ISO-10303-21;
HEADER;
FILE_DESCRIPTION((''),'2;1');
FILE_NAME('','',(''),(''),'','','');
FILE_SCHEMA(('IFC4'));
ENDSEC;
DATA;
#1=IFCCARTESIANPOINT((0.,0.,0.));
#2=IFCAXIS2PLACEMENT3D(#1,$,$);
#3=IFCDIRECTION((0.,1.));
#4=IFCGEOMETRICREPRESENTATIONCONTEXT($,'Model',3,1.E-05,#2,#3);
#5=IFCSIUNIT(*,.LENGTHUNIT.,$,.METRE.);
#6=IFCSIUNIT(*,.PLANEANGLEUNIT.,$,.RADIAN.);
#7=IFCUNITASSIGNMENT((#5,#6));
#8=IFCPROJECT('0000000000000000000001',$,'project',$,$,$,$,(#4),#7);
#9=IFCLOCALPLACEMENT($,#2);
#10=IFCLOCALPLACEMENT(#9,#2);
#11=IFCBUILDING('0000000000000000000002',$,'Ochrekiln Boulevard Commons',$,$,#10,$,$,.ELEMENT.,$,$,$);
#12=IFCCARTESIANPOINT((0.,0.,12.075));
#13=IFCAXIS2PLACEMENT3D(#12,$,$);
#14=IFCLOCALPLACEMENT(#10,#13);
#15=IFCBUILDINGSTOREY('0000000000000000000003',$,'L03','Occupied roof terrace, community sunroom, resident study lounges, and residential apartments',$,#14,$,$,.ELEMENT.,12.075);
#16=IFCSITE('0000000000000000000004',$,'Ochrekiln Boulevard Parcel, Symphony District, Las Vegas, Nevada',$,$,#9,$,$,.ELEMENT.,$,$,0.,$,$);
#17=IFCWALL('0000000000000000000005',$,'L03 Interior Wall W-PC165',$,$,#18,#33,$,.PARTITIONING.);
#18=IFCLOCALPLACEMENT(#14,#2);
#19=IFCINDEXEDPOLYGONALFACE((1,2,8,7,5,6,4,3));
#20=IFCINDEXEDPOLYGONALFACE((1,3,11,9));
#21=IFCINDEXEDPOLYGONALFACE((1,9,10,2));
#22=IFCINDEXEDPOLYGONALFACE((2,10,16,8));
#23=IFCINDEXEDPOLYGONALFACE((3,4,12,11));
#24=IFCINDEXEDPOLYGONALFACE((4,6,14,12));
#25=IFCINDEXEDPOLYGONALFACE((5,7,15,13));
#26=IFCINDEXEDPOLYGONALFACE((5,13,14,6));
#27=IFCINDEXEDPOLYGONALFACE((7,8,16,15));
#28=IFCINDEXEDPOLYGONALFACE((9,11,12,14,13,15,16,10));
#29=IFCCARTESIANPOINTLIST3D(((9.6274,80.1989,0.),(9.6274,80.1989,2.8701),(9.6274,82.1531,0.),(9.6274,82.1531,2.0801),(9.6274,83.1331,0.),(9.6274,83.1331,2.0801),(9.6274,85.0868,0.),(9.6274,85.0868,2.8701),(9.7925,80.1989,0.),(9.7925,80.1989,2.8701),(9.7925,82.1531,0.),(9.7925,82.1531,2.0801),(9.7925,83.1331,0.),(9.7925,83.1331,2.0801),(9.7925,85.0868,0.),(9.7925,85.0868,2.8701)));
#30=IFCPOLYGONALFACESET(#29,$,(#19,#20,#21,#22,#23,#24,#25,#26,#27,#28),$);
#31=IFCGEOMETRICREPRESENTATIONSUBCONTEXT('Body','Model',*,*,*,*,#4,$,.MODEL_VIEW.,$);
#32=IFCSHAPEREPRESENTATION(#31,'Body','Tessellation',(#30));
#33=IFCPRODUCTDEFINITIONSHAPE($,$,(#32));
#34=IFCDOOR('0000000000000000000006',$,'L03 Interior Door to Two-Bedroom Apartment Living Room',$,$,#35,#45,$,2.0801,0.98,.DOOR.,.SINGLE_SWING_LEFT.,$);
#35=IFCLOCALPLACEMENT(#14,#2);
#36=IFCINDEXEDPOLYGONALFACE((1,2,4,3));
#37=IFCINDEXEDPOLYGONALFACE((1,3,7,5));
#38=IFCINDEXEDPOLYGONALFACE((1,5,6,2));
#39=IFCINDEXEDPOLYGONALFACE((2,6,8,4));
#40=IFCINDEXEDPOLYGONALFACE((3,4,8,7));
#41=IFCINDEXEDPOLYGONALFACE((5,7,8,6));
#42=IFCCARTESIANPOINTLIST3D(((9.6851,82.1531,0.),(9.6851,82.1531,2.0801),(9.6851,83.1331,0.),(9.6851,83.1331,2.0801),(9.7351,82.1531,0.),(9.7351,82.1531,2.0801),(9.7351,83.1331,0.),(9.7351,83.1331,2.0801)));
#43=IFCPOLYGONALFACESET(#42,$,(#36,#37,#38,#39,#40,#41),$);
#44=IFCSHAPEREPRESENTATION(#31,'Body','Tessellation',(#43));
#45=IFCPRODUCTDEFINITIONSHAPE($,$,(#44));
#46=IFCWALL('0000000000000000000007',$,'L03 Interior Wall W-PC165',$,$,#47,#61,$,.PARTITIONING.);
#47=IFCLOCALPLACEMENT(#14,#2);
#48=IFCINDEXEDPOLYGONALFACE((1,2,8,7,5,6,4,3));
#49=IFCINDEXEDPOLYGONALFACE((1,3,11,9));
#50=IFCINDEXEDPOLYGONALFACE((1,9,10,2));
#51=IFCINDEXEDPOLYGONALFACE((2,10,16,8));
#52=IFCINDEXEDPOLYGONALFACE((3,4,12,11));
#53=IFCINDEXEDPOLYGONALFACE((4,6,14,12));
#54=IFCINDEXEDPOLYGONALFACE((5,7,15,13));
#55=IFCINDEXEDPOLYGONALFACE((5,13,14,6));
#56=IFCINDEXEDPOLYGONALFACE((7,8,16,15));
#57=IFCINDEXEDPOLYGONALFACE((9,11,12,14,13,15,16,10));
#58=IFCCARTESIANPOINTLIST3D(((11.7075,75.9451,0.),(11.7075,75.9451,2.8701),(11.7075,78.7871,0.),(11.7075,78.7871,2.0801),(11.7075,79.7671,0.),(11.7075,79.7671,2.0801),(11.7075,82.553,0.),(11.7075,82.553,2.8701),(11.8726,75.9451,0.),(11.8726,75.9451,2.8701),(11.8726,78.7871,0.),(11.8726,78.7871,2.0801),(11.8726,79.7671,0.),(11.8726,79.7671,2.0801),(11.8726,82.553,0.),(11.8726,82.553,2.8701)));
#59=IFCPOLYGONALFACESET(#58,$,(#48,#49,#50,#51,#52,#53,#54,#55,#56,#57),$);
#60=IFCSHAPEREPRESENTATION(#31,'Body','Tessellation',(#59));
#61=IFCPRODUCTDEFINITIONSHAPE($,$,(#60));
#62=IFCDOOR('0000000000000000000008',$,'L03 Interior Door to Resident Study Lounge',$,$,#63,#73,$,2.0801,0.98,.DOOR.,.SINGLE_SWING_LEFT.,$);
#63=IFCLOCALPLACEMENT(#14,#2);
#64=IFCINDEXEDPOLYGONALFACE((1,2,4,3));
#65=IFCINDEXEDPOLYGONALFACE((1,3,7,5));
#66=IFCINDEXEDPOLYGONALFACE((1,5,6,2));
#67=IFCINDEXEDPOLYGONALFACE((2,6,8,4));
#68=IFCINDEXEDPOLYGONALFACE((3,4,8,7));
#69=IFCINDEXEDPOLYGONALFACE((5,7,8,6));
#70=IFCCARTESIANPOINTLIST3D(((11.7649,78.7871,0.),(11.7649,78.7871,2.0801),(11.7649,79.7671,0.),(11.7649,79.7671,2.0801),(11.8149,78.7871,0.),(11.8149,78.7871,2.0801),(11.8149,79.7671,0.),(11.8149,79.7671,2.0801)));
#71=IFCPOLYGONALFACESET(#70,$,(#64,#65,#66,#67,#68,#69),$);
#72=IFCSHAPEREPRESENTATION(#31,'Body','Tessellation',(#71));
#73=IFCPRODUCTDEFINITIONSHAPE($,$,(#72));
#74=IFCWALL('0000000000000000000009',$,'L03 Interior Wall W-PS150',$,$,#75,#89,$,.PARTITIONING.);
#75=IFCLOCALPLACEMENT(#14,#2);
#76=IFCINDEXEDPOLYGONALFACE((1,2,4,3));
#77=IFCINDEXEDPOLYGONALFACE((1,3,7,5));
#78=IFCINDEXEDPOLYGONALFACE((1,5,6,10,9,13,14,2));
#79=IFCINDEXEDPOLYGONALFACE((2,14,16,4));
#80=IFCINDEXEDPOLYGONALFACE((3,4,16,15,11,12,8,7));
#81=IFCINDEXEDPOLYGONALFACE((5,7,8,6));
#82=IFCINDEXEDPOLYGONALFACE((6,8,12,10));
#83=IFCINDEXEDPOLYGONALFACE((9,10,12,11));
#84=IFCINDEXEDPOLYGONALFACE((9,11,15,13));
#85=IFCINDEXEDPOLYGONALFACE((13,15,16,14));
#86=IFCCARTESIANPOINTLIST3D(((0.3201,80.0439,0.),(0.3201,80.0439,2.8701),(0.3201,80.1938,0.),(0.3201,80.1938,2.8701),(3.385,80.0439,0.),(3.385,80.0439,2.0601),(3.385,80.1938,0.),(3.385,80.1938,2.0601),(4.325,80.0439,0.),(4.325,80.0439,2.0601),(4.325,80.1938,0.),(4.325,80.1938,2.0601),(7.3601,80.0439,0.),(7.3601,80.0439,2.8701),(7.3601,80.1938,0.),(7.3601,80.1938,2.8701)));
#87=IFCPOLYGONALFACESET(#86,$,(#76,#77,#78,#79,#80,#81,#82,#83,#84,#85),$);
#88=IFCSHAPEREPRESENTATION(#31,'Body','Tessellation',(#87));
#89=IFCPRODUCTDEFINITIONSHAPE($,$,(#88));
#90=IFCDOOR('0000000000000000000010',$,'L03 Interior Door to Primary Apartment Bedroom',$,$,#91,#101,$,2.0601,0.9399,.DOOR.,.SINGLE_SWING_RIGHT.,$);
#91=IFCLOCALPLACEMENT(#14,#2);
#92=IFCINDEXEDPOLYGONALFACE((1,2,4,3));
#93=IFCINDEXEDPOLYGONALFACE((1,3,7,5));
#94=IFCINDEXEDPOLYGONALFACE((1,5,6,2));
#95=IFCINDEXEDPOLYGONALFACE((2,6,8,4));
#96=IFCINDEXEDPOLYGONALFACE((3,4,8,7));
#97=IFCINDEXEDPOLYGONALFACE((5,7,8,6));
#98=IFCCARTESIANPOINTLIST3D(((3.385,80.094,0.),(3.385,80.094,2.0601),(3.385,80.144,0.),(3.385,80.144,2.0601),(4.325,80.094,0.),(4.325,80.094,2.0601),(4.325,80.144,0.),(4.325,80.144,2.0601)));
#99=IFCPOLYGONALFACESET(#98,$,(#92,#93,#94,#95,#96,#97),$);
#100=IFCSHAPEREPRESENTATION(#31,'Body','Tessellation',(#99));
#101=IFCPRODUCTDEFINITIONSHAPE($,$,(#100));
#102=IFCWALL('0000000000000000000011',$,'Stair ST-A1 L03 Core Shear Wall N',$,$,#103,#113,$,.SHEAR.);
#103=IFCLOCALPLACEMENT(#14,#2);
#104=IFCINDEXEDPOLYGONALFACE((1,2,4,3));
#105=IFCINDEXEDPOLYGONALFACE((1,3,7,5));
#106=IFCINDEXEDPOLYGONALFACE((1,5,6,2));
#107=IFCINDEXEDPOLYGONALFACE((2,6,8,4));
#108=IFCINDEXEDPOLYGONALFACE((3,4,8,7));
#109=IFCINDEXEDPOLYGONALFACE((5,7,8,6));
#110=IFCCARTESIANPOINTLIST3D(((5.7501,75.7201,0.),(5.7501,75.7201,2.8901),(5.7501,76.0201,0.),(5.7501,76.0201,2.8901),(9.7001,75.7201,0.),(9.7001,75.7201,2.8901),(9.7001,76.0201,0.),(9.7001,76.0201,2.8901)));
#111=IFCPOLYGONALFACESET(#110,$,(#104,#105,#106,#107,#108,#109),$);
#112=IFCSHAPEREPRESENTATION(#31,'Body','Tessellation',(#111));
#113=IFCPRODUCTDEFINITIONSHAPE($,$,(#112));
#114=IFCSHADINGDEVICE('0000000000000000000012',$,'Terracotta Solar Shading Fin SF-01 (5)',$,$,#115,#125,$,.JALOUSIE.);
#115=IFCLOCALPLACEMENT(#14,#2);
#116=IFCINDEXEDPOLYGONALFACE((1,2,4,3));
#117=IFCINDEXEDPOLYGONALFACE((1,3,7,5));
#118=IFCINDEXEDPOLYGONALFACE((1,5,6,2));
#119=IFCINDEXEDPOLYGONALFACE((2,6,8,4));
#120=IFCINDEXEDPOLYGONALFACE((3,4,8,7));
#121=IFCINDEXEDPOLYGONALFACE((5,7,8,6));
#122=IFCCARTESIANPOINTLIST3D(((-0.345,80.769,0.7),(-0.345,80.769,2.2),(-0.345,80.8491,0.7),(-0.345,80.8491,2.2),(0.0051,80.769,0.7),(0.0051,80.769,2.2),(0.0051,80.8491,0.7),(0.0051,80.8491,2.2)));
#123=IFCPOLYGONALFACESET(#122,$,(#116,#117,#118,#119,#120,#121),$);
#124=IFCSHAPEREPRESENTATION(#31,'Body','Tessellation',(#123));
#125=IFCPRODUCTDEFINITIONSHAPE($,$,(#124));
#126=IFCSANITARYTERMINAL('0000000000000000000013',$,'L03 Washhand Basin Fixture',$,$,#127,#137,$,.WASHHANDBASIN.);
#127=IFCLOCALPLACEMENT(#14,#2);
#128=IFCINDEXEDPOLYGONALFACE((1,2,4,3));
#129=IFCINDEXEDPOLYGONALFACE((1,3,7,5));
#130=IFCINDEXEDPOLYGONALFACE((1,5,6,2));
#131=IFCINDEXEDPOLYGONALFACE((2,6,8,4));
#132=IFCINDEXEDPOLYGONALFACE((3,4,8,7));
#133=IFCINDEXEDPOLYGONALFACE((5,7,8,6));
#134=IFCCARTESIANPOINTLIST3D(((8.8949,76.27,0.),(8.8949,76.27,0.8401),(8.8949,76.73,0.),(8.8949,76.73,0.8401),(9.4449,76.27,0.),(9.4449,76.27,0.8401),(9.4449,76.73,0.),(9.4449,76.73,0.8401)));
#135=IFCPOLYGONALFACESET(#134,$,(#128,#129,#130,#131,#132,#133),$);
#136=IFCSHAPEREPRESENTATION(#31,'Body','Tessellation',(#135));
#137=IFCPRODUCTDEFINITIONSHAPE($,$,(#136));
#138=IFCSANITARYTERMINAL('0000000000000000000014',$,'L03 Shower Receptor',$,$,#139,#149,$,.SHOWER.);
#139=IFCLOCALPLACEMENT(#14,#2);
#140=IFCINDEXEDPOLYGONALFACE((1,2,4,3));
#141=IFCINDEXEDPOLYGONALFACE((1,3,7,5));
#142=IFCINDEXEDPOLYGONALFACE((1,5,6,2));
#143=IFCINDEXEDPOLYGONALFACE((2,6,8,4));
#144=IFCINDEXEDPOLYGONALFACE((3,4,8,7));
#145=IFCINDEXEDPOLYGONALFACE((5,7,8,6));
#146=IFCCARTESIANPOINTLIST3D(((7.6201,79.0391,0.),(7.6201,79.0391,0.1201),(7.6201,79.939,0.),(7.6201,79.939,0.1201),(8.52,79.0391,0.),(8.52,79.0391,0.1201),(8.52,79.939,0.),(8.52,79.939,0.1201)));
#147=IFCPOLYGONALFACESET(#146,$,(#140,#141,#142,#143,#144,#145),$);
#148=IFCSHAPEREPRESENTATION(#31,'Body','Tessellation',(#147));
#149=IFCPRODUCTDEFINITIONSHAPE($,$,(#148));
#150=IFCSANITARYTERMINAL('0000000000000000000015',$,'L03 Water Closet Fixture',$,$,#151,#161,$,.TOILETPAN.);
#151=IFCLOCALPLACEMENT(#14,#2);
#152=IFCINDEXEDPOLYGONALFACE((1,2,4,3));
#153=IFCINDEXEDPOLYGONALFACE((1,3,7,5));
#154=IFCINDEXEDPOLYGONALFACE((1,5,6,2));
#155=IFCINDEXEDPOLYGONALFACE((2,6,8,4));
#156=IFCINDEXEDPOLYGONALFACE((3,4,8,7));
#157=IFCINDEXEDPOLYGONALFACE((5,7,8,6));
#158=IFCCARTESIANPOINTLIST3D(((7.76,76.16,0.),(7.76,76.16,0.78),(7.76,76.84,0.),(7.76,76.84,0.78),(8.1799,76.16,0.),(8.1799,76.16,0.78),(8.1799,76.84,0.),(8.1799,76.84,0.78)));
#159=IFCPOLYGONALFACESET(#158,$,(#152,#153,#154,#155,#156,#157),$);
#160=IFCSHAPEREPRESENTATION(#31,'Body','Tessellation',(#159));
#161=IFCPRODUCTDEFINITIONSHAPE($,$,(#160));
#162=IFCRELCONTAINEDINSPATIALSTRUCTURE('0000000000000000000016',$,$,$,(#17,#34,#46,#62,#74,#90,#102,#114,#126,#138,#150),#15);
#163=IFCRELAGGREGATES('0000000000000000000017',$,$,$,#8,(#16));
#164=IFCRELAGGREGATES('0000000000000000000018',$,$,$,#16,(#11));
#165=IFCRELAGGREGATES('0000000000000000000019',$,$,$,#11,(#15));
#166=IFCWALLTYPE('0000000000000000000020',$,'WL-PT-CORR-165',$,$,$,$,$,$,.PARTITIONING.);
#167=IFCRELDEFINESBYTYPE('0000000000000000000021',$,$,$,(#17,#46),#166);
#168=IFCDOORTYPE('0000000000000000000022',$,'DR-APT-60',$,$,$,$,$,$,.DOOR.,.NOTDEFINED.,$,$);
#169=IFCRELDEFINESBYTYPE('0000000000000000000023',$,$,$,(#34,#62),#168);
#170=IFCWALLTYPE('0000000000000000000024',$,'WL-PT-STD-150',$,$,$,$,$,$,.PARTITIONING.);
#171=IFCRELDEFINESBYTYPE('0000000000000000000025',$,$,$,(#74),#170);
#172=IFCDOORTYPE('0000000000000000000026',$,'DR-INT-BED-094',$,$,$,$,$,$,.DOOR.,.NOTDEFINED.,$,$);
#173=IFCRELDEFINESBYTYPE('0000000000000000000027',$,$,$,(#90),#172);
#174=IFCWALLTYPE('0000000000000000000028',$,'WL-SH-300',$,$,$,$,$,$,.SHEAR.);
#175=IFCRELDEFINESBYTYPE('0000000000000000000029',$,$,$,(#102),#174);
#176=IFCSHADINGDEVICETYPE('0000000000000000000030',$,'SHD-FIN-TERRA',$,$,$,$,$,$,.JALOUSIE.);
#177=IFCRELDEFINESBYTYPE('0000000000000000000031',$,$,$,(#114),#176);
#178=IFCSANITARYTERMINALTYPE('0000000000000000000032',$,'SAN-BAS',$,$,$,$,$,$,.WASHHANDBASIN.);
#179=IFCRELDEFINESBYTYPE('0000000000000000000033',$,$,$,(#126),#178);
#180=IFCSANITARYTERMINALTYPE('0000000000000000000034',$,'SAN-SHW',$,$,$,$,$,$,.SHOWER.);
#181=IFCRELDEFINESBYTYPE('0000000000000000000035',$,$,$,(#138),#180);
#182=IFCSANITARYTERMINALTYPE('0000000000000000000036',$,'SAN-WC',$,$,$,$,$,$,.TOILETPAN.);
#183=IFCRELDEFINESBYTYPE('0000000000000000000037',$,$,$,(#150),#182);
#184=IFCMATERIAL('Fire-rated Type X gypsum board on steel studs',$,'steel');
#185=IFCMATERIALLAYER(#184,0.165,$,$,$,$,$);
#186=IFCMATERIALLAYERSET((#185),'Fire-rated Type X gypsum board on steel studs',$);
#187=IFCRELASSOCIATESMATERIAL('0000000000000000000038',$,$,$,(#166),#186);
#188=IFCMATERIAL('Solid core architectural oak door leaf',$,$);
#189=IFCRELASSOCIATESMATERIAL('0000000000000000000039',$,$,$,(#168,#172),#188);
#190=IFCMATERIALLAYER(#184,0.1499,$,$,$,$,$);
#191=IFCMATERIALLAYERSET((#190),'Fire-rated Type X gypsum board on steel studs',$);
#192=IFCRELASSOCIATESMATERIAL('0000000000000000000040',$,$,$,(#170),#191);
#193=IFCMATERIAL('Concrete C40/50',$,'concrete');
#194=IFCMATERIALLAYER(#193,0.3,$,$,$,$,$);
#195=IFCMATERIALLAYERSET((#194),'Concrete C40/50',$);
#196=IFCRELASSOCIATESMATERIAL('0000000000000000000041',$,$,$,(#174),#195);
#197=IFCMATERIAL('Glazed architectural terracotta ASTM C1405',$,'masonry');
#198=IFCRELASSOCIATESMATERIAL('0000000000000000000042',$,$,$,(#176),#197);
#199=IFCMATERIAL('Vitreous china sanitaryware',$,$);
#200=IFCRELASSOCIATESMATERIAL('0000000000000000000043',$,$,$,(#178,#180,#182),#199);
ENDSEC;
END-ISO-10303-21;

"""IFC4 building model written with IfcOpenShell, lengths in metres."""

from ifc_helpers import new_model, si_unit, direction, frame, frame_2d, origin, origin_2d, place, context, subcontext, project, spatial, rectangle, extrude, material, layer, layer_set, type_object, element, fill, save


model = new_model("IFC4")

# Units and contexts
model_context = context("Model", 3, precision=1e-05, world=origin(), true_north=direction((0.0, 1.0)))
body_context = subcontext(model_context, "Body", "Model", "MODEL_VIEW")
ifc_project = project(units=[si_unit("LENGTHUNIT", "METRE"), si_unit("PLANEANGLEUNIT", "RADIAN")], contexts=[model_context])

# Site, building, storey
site_placement = place(None, origin())
site = spatial("IfcSite", under=ifc_project, at=site_placement, Name="Ochrekiln Boulevard Parcel, Symphony District, Las Vegas, Nevada", CompositionType="ELEMENT", RefElevation=0.0)
building_placement = place(site_placement, origin())
building = spatial("IfcBuilding", under=site, at=building_placement, Name="Ochrekiln Boulevard Commons", CompositionType="ELEMENT")
storey_placement = place(building_placement, frame((0.0, 0.0, 12.075)))
storey = spatial("IfcBuildingStorey", under=building, at=storey_placement, Name="L03", Description="Occupied roof terrace, community sunroom, resident study lounges, and residential apartments", CompositionType="ELEMENT", Elevation=12.075)

# Shared definitions
ifc_material_1 = material(Name="Concrete C40/50", Category="concrete")

# Shared definitions
ifc_material_2 = material(Name="Solid core architectural oak door leaf")

# Walls, openings, doors
ifc_material_3 = material(Name="Fire-rated Type X gypsum board on steel studs", Category="steel")
ifc_layer_1 = layer(ifc_material_3, 0.165)
ifc_layer_set_1 = layer_set([ifc_layer_1], Name="Fire-rated Type X gypsum board on steel studs")
wall_type_1 = type_object("IfcWallType", Name="WL-PT-CORR-165", PredefinedType="PARTITIONING", material=ifc_layer_set_1)
wall_1_placement = place(storey_placement, frame((9.71, 80.199, 0.0), z_axis=(0.0, 0.0, 1.0), x_axis=(0.0, 1.0, 0.0)))
wall_1 = element("IfcWall", 1, at=wall_1_placement, inside=storey, type_object=wall_type_1, Name="L03 Interior Wall W-PC165", PredefinedType="PARTITIONING", context=body_context, shape_type="SweptSolid", body=[
    extrude(rectangle(XDim=4.8879, YDim=0.165, at=frame_2d((2.4438, 0.0))), origin(), (0.0, 0.0, 1.0), 2.8701),
])
opening_1_placement = place(wall_1_placement, frame((1.9541, 0.0, 0.0)))
opening_1 = element("IfcOpeningElement", 2, at=opening_1_placement, cuts=wall_1, PredefinedType="OPENING", context=body_context, shape_type="SweptSolid", body=[
    extrude(rectangle(XDim=0.98, YDim=2.0801, at=frame_2d((0.49, 1.04))), frame((0.0, 0.0925, 0.0), z_axis=(0.0, -1.0, 0.0), x_axis=(1.0, 0.0, 0.0)), (0.0, 0.0, 1.0), 0.1851),
])
door_type_1 = type_object("IfcDoorType", Name="DR-APT-60", OperationType="NOTDEFINED", PredefinedType="DOOR", material=ifc_material_2)
door_1_placement = place(opening_1_placement, origin())
door_1 = element("IfcDoor", 3, at=door_1_placement, inside=storey, type_object=door_type_1, Name="L03 Interior Door to Two-Bedroom Apartment Living Room", OperationType="SINGLE_SWING_LEFT", OverallHeight=2.0801, OverallWidth=0.98, PredefinedType="DOOR", context=body_context, shape_type="SweptSolid", body=[
    extrude(rectangle(XDim=0.98, YDim=2.0801, at=frame_2d((0.49, 1.04))), frame((0.0, 0.0249, 0.0), z_axis=(0.0, -1.0, 0.0), x_axis=(1.0, 0.0, 0.0)), (0.0, 0.0, 1.0), 0.05),
])
fill(opening_1, door_1)
wall_2_placement = place(storey_placement, frame((11.79, 75.9451, 0.0), z_axis=(0.0, 0.0, 1.0), x_axis=(0.0, 1.0, 0.0)))
wall_2 = element("IfcWall", 4, at=wall_2_placement, inside=storey, type_object=wall_type_1, Name="L03 Interior Wall W-PC165", PredefinedType="PARTITIONING", context=body_context, shape_type="SweptSolid", body=[
    extrude(rectangle(XDim=6.6079, YDim=0.165, at=frame_2d((3.304, 0.0))), origin(), (0.0, 0.0, 1.0), 2.8701),
])
opening_2_placement = place(wall_2_placement, frame((2.842, 0.0, 0.0)))
opening_2 = element("IfcOpeningElement", 5, at=opening_2_placement, cuts=wall_2, PredefinedType="OPENING", context=body_context, shape_type="SweptSolid", body=[
    extrude(rectangle(XDim=0.98, YDim=2.0801, at=frame_2d((0.49, 1.04))), frame((0.0, 0.0925, 0.0), z_axis=(0.0, -1.0, 0.0), x_axis=(1.0, 0.0, 0.0)), (0.0, 0.0, 1.0), 0.1851),
])
door_2_placement = place(opening_2_placement, frame((0.98, 0.0, 0.0), z_axis=(0.0, 0.0, 1.0), x_axis=(-1.0, 0.0, 0.0)))
door_2 = element("IfcDoor", 6, at=door_2_placement, inside=storey, type_object=door_type_1, Name="L03 Interior Door to Resident Study Lounge", OperationType="SINGLE_SWING_LEFT", OverallHeight=2.0801, OverallWidth=0.98, PredefinedType="DOOR", context=body_context, shape_type="SweptSolid", body=[
    extrude(rectangle(XDim=0.98, YDim=2.0801, at=frame_2d((0.49, 1.04))), frame((0.0, 0.0249, 0.0), z_axis=(0.0, -1.0, 0.0), x_axis=(1.0, 0.0, 0.0)), (0.0, 0.0, 1.0), 0.05),
])
fill(opening_2, door_2)
ifc_layer_2 = layer(ifc_material_3, 0.1499)
ifc_layer_set_2 = layer_set([ifc_layer_2], Name="Fire-rated Type X gypsum board on steel studs")
wall_type_2 = type_object("IfcWallType", Name="WL-PT-STD-150", PredefinedType="PARTITIONING", material=ifc_layer_set_2)
wall_3_placement = place(storey_placement, frame((0.3201, 80.1189, 0.0), z_axis=(0.0, 0.0, 1.0), x_axis=(1.0, 0.0, 0.0)))
wall_3 = element("IfcWall", 7, at=wall_3_placement, inside=storey, type_object=wall_type_2, Name="L03 Interior Wall W-PS150", PredefinedType="PARTITIONING", context=body_context, shape_type="SweptSolid", body=[
    extrude(rectangle(XDim=7.04, YDim=0.1499, at=frame_2d((3.52, 0.0))), origin(), (0.0, 0.0, 1.0), 2.8701),
])
opening_3_placement = place(wall_3_placement, frame((3.0649, 0.0, 0.0)))
opening_3 = element("IfcOpeningElement", 8, at=opening_3_placement, cuts=wall_3, PredefinedType="OPENING", context=body_context, shape_type="SweptSolid", body=[
    extrude(rectangle(XDim=0.9399, YDim=2.0601, at=frame_2d((0.47, 1.03))), frame((0.0, 0.085, 0.0), z_axis=(0.0, -1.0, 0.0), x_axis=(1.0, 0.0, 0.0)), (0.0, 0.0, 1.0), 0.1699),
])
door_type_2 = type_object("IfcDoorType", Name="DR-INT-BED-094", OperationType="NOTDEFINED", PredefinedType="DOOR", material=ifc_material_2)
door_3_placement = place(opening_3_placement, frame((0.9399, 0.0, 0.0), z_axis=(0.0, 0.0, 1.0), x_axis=(-1.0, 0.0, 0.0)))
door_3 = element("IfcDoor", 9, at=door_3_placement, inside=storey, type_object=door_type_2, Name="L03 Interior Door to Primary Apartment Bedroom", OperationType="SINGLE_SWING_RIGHT", OverallHeight=2.0601, OverallWidth=0.9399, PredefinedType="DOOR", context=body_context, shape_type="SweptSolid", body=[
    extrude(rectangle(XDim=0.9399, YDim=2.0601, at=frame_2d((0.47, 1.03))), frame((0.0, 0.0249, 0.0), z_axis=(0.0, -1.0, 0.0), x_axis=(1.0, 0.0, 0.0)), (0.0, 0.0, 1.0), 0.05),
])
fill(opening_3, door_3)

# Wall
ifc_layer_3 = layer(ifc_material_1, 0.3)
ifc_layer_set_3 = layer_set([ifc_layer_3], Name="Concrete C40/50")
wall_type_3 = type_object("IfcWallType", Name="WL-SH-300", PredefinedType="SHEAR", material=ifc_layer_set_3)
wall_4_placement = place(storey_placement, frame((5.75, 75.8701, 0.0), z_axis=(0.0, 0.0, 1.0), x_axis=(1.0, 0.0, 0.0)))
element("IfcWall", 10, at=wall_4_placement, inside=storey, type_object=wall_type_3, Name="Stair ST-A1 L03 Core Shear Wall N", PredefinedType="SHEAR", context=body_context, shape_type="SweptSolid", body=[
    extrude(rectangle(XDim=3.95, YDim=0.3, at=frame_2d((1.9751, 0.0))), origin(), (0.0, 0.0, 1.0), 2.8901),
])

# Shading device
ifc_material_4 = material(Name="Glazed architectural terracotta ASTM C1405", Category="masonry")
shading_device_type = type_object("IfcShadingDeviceType", Name="SHD-FIN-TERRA", PredefinedType="JALOUSIE", material=ifc_material_4)
shading_device_placement = place(storey_placement, frame((-0.1699, 80.8091, 0.7), z_axis=(0.0, 0.0, 1.0), x_axis=(1.0, 0.0, 0.0)))
element("IfcShadingDevice", 11, at=shading_device_placement, inside=storey, type_object=shading_device_type, Name="Terracotta Solar Shading Fin SF-01 (5)", PredefinedType="JALOUSIE", context=body_context, shape_type="SweptSolid", body=[
    extrude(rectangle(XDim=0.3501, YDim=0.0801, at=origin_2d()), origin(), (0.0, 0.0, 1.0), 1.5),
])

# Sanitary terminals
ifc_material_5 = material(Name="Vitreous china sanitaryware")
sanitary_terminal_type_1 = type_object("IfcSanitaryTerminalType", Name="SAN-BAS", PredefinedType="WASHHANDBASIN", material=ifc_material_5)
sanitary_terminal_1_placement = place(storey_placement, frame((9.1699, 76.5, 0.0), z_axis=(0.0, 0.0, 1.0), x_axis=(1.0, 0.0, 0.0)))
element("IfcSanitaryTerminal", 12, at=sanitary_terminal_1_placement, inside=storey, type_object=sanitary_terminal_type_1, Name="L03 Washhand Basin Fixture", PredefinedType="WASHHANDBASIN", context=body_context, shape_type="SweptSolid", body=[
    extrude(rectangle(XDim=0.55, YDim=0.46, at=origin_2d()), origin(), (0.0, 0.0, 1.0), 0.8401),
])
sanitary_terminal_type_2 = type_object("IfcSanitaryTerminalType", Name="SAN-SHW", PredefinedType="SHOWER", material=ifc_material_5)
sanitary_terminal_2_placement = place(storey_placement, frame((8.0701, 79.489, 0.0), z_axis=(0.0, 0.0, 1.0), x_axis=(1.0, 0.0, 0.0)))
element("IfcSanitaryTerminal", 13, at=sanitary_terminal_2_placement, inside=storey, type_object=sanitary_terminal_type_2, Name="L03 Shower Receptor", PredefinedType="SHOWER", context=body_context, shape_type="SweptSolid", body=[
    extrude(rectangle(XDim=0.8999, YDim=0.8999, at=origin_2d()), origin(), (0.0, 0.0, 1.0), 0.1201),
])
sanitary_terminal_type_3 = type_object("IfcSanitaryTerminalType", Name="SAN-WC", PredefinedType="TOILETPAN", material=ifc_material_5)
sanitary_terminal_3_placement = place(storey_placement, frame((7.97, 76.5, 0.0), z_axis=(0.0, 0.0, 1.0), x_axis=(1.0, 0.0, 0.0)))
element("IfcSanitaryTerminal", 14, at=sanitary_terminal_3_placement, inside=storey, type_object=sanitary_terminal_type_3, Name="L03 Water Closet Fixture", PredefinedType="TOILETPAN", context=body_context, shape_type="SweptSolid", body=[
    extrude(rectangle(XDim=0.4199, YDim=0.6799, at=origin_2d()), origin(), (0.0, 0.0, 1.0), 0.78),
])

save(model, "model.ifc")
